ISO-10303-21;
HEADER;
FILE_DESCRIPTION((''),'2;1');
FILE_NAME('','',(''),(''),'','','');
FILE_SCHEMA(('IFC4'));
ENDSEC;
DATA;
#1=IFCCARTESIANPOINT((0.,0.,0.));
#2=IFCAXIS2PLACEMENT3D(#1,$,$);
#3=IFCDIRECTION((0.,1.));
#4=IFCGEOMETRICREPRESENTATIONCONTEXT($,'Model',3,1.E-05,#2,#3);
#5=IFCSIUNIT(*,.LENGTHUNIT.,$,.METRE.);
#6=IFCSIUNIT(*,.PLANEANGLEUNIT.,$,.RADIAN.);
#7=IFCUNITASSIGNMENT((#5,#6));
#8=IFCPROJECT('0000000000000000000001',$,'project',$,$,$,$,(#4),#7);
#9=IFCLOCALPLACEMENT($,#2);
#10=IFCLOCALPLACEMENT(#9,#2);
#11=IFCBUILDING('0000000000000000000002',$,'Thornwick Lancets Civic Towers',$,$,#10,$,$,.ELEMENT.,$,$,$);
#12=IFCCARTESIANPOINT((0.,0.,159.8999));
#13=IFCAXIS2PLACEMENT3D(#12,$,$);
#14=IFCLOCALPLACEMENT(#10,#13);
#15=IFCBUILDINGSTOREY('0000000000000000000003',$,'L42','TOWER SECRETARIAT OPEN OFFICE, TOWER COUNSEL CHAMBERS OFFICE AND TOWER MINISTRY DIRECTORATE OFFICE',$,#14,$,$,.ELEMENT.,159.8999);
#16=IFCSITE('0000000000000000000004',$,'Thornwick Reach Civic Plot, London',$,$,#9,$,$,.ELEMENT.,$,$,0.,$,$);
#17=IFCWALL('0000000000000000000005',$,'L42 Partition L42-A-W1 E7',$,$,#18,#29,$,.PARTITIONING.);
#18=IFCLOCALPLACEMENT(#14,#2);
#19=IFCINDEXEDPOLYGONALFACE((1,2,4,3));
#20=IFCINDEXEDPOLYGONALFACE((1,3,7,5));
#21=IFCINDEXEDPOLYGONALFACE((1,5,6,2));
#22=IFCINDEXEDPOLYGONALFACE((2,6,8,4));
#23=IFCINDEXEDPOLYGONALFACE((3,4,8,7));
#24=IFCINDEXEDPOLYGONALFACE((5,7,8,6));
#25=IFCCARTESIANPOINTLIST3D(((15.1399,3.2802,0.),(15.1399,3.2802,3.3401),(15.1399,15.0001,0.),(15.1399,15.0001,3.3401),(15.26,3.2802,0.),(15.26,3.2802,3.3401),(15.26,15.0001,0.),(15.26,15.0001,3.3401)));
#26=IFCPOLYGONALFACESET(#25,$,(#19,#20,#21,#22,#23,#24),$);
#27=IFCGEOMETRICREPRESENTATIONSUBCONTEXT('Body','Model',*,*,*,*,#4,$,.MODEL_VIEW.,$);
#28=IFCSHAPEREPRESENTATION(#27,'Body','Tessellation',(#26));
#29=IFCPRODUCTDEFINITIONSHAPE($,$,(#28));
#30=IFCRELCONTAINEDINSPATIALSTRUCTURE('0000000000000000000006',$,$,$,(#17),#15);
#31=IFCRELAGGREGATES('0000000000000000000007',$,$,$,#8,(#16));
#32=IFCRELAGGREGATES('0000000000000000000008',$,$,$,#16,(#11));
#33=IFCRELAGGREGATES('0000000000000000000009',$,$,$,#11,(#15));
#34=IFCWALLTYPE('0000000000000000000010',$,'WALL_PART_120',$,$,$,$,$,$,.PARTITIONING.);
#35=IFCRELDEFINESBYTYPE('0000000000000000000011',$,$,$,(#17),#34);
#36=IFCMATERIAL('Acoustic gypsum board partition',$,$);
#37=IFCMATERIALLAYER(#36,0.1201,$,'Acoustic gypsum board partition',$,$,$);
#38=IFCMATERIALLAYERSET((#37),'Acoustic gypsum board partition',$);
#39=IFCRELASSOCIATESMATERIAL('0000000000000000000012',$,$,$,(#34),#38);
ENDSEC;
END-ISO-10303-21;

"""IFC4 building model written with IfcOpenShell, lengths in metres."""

from ifc_helpers import new_model, si_unit, direction, frame, frame_2d, origin, place, context, subcontext, project, spatial, rectangle, extrude, material, layer, layer_set, type_object, element, save


model = new_model("IFC4")

# Units and contexts
model_context = context("Model", 3, precision=1e-05, world=origin(), true_north=direction((0.0, 1.0)))
body_context = subcontext(model_context, "Body", "Model", "MODEL_VIEW")
ifc_project = project(units=[si_unit("LENGTHUNIT", "METRE"), si_unit("PLANEANGLEUNIT", "RADIAN")], contexts=[model_context])

# Site, building, storey
site_placement = place(None, origin())
site = spatial("IfcSite", under=ifc_project, at=site_placement, Name="Thornwick Reach Civic Plot, London", CompositionType="ELEMENT", RefElevation=0.0)
building_placement = place(site_placement, origin())
building = spatial("IfcBuilding", under=site, at=building_placement, Name="Thornwick Lancets Civic Towers", CompositionType="ELEMENT")
storey_placement = place(building_placement, frame((0.0, 0.0, 159.8999)))
storey = spatial("IfcBuildingStorey", under=building, at=storey_placement, Name="L42", Description="TOWER SECRETARIAT OPEN OFFICE, TOWER COUNSEL CHAMBERS OFFICE AND TOWER MINISTRY DIRECTORATE OFFICE", CompositionType="ELEMENT", Elevation=159.8999)

# Wall
ifc_material_1 = material(Name="Acoustic gypsum board partition")
ifc_layer_1 = layer(ifc_material_1, 0.1201, Name="Acoustic gypsum board partition")
ifc_layer_set_1 = layer_set([ifc_layer_1], Name="Acoustic gypsum board partition")
wall_type_1 = type_object("IfcWallType", Name="WALL_PART_120", PredefinedType="PARTITIONING", material=ifc_layer_set_1)
wall_1_placement = place(storey_placement, frame((15.2, 15.0, 0.0), z_axis=(0.0, 0.0, 1.0), x_axis=(0.0, -1.0, 0.0)))
element("IfcWall", 1, at=wall_1_placement, inside=storey, type_object=wall_type_1, Name="L42 Partition L42-A-W1 E7", PredefinedType="PARTITIONING", context=body_context, shape_type="SweptSolid", body=[
    extrude(rectangle(XDim=11.72, YDim=0.1201, at=frame_2d((5.8599, 0.0))), origin(), (0.0, 0.0, 1.0), 3.3401),
])

save(model, "model.ifc")
